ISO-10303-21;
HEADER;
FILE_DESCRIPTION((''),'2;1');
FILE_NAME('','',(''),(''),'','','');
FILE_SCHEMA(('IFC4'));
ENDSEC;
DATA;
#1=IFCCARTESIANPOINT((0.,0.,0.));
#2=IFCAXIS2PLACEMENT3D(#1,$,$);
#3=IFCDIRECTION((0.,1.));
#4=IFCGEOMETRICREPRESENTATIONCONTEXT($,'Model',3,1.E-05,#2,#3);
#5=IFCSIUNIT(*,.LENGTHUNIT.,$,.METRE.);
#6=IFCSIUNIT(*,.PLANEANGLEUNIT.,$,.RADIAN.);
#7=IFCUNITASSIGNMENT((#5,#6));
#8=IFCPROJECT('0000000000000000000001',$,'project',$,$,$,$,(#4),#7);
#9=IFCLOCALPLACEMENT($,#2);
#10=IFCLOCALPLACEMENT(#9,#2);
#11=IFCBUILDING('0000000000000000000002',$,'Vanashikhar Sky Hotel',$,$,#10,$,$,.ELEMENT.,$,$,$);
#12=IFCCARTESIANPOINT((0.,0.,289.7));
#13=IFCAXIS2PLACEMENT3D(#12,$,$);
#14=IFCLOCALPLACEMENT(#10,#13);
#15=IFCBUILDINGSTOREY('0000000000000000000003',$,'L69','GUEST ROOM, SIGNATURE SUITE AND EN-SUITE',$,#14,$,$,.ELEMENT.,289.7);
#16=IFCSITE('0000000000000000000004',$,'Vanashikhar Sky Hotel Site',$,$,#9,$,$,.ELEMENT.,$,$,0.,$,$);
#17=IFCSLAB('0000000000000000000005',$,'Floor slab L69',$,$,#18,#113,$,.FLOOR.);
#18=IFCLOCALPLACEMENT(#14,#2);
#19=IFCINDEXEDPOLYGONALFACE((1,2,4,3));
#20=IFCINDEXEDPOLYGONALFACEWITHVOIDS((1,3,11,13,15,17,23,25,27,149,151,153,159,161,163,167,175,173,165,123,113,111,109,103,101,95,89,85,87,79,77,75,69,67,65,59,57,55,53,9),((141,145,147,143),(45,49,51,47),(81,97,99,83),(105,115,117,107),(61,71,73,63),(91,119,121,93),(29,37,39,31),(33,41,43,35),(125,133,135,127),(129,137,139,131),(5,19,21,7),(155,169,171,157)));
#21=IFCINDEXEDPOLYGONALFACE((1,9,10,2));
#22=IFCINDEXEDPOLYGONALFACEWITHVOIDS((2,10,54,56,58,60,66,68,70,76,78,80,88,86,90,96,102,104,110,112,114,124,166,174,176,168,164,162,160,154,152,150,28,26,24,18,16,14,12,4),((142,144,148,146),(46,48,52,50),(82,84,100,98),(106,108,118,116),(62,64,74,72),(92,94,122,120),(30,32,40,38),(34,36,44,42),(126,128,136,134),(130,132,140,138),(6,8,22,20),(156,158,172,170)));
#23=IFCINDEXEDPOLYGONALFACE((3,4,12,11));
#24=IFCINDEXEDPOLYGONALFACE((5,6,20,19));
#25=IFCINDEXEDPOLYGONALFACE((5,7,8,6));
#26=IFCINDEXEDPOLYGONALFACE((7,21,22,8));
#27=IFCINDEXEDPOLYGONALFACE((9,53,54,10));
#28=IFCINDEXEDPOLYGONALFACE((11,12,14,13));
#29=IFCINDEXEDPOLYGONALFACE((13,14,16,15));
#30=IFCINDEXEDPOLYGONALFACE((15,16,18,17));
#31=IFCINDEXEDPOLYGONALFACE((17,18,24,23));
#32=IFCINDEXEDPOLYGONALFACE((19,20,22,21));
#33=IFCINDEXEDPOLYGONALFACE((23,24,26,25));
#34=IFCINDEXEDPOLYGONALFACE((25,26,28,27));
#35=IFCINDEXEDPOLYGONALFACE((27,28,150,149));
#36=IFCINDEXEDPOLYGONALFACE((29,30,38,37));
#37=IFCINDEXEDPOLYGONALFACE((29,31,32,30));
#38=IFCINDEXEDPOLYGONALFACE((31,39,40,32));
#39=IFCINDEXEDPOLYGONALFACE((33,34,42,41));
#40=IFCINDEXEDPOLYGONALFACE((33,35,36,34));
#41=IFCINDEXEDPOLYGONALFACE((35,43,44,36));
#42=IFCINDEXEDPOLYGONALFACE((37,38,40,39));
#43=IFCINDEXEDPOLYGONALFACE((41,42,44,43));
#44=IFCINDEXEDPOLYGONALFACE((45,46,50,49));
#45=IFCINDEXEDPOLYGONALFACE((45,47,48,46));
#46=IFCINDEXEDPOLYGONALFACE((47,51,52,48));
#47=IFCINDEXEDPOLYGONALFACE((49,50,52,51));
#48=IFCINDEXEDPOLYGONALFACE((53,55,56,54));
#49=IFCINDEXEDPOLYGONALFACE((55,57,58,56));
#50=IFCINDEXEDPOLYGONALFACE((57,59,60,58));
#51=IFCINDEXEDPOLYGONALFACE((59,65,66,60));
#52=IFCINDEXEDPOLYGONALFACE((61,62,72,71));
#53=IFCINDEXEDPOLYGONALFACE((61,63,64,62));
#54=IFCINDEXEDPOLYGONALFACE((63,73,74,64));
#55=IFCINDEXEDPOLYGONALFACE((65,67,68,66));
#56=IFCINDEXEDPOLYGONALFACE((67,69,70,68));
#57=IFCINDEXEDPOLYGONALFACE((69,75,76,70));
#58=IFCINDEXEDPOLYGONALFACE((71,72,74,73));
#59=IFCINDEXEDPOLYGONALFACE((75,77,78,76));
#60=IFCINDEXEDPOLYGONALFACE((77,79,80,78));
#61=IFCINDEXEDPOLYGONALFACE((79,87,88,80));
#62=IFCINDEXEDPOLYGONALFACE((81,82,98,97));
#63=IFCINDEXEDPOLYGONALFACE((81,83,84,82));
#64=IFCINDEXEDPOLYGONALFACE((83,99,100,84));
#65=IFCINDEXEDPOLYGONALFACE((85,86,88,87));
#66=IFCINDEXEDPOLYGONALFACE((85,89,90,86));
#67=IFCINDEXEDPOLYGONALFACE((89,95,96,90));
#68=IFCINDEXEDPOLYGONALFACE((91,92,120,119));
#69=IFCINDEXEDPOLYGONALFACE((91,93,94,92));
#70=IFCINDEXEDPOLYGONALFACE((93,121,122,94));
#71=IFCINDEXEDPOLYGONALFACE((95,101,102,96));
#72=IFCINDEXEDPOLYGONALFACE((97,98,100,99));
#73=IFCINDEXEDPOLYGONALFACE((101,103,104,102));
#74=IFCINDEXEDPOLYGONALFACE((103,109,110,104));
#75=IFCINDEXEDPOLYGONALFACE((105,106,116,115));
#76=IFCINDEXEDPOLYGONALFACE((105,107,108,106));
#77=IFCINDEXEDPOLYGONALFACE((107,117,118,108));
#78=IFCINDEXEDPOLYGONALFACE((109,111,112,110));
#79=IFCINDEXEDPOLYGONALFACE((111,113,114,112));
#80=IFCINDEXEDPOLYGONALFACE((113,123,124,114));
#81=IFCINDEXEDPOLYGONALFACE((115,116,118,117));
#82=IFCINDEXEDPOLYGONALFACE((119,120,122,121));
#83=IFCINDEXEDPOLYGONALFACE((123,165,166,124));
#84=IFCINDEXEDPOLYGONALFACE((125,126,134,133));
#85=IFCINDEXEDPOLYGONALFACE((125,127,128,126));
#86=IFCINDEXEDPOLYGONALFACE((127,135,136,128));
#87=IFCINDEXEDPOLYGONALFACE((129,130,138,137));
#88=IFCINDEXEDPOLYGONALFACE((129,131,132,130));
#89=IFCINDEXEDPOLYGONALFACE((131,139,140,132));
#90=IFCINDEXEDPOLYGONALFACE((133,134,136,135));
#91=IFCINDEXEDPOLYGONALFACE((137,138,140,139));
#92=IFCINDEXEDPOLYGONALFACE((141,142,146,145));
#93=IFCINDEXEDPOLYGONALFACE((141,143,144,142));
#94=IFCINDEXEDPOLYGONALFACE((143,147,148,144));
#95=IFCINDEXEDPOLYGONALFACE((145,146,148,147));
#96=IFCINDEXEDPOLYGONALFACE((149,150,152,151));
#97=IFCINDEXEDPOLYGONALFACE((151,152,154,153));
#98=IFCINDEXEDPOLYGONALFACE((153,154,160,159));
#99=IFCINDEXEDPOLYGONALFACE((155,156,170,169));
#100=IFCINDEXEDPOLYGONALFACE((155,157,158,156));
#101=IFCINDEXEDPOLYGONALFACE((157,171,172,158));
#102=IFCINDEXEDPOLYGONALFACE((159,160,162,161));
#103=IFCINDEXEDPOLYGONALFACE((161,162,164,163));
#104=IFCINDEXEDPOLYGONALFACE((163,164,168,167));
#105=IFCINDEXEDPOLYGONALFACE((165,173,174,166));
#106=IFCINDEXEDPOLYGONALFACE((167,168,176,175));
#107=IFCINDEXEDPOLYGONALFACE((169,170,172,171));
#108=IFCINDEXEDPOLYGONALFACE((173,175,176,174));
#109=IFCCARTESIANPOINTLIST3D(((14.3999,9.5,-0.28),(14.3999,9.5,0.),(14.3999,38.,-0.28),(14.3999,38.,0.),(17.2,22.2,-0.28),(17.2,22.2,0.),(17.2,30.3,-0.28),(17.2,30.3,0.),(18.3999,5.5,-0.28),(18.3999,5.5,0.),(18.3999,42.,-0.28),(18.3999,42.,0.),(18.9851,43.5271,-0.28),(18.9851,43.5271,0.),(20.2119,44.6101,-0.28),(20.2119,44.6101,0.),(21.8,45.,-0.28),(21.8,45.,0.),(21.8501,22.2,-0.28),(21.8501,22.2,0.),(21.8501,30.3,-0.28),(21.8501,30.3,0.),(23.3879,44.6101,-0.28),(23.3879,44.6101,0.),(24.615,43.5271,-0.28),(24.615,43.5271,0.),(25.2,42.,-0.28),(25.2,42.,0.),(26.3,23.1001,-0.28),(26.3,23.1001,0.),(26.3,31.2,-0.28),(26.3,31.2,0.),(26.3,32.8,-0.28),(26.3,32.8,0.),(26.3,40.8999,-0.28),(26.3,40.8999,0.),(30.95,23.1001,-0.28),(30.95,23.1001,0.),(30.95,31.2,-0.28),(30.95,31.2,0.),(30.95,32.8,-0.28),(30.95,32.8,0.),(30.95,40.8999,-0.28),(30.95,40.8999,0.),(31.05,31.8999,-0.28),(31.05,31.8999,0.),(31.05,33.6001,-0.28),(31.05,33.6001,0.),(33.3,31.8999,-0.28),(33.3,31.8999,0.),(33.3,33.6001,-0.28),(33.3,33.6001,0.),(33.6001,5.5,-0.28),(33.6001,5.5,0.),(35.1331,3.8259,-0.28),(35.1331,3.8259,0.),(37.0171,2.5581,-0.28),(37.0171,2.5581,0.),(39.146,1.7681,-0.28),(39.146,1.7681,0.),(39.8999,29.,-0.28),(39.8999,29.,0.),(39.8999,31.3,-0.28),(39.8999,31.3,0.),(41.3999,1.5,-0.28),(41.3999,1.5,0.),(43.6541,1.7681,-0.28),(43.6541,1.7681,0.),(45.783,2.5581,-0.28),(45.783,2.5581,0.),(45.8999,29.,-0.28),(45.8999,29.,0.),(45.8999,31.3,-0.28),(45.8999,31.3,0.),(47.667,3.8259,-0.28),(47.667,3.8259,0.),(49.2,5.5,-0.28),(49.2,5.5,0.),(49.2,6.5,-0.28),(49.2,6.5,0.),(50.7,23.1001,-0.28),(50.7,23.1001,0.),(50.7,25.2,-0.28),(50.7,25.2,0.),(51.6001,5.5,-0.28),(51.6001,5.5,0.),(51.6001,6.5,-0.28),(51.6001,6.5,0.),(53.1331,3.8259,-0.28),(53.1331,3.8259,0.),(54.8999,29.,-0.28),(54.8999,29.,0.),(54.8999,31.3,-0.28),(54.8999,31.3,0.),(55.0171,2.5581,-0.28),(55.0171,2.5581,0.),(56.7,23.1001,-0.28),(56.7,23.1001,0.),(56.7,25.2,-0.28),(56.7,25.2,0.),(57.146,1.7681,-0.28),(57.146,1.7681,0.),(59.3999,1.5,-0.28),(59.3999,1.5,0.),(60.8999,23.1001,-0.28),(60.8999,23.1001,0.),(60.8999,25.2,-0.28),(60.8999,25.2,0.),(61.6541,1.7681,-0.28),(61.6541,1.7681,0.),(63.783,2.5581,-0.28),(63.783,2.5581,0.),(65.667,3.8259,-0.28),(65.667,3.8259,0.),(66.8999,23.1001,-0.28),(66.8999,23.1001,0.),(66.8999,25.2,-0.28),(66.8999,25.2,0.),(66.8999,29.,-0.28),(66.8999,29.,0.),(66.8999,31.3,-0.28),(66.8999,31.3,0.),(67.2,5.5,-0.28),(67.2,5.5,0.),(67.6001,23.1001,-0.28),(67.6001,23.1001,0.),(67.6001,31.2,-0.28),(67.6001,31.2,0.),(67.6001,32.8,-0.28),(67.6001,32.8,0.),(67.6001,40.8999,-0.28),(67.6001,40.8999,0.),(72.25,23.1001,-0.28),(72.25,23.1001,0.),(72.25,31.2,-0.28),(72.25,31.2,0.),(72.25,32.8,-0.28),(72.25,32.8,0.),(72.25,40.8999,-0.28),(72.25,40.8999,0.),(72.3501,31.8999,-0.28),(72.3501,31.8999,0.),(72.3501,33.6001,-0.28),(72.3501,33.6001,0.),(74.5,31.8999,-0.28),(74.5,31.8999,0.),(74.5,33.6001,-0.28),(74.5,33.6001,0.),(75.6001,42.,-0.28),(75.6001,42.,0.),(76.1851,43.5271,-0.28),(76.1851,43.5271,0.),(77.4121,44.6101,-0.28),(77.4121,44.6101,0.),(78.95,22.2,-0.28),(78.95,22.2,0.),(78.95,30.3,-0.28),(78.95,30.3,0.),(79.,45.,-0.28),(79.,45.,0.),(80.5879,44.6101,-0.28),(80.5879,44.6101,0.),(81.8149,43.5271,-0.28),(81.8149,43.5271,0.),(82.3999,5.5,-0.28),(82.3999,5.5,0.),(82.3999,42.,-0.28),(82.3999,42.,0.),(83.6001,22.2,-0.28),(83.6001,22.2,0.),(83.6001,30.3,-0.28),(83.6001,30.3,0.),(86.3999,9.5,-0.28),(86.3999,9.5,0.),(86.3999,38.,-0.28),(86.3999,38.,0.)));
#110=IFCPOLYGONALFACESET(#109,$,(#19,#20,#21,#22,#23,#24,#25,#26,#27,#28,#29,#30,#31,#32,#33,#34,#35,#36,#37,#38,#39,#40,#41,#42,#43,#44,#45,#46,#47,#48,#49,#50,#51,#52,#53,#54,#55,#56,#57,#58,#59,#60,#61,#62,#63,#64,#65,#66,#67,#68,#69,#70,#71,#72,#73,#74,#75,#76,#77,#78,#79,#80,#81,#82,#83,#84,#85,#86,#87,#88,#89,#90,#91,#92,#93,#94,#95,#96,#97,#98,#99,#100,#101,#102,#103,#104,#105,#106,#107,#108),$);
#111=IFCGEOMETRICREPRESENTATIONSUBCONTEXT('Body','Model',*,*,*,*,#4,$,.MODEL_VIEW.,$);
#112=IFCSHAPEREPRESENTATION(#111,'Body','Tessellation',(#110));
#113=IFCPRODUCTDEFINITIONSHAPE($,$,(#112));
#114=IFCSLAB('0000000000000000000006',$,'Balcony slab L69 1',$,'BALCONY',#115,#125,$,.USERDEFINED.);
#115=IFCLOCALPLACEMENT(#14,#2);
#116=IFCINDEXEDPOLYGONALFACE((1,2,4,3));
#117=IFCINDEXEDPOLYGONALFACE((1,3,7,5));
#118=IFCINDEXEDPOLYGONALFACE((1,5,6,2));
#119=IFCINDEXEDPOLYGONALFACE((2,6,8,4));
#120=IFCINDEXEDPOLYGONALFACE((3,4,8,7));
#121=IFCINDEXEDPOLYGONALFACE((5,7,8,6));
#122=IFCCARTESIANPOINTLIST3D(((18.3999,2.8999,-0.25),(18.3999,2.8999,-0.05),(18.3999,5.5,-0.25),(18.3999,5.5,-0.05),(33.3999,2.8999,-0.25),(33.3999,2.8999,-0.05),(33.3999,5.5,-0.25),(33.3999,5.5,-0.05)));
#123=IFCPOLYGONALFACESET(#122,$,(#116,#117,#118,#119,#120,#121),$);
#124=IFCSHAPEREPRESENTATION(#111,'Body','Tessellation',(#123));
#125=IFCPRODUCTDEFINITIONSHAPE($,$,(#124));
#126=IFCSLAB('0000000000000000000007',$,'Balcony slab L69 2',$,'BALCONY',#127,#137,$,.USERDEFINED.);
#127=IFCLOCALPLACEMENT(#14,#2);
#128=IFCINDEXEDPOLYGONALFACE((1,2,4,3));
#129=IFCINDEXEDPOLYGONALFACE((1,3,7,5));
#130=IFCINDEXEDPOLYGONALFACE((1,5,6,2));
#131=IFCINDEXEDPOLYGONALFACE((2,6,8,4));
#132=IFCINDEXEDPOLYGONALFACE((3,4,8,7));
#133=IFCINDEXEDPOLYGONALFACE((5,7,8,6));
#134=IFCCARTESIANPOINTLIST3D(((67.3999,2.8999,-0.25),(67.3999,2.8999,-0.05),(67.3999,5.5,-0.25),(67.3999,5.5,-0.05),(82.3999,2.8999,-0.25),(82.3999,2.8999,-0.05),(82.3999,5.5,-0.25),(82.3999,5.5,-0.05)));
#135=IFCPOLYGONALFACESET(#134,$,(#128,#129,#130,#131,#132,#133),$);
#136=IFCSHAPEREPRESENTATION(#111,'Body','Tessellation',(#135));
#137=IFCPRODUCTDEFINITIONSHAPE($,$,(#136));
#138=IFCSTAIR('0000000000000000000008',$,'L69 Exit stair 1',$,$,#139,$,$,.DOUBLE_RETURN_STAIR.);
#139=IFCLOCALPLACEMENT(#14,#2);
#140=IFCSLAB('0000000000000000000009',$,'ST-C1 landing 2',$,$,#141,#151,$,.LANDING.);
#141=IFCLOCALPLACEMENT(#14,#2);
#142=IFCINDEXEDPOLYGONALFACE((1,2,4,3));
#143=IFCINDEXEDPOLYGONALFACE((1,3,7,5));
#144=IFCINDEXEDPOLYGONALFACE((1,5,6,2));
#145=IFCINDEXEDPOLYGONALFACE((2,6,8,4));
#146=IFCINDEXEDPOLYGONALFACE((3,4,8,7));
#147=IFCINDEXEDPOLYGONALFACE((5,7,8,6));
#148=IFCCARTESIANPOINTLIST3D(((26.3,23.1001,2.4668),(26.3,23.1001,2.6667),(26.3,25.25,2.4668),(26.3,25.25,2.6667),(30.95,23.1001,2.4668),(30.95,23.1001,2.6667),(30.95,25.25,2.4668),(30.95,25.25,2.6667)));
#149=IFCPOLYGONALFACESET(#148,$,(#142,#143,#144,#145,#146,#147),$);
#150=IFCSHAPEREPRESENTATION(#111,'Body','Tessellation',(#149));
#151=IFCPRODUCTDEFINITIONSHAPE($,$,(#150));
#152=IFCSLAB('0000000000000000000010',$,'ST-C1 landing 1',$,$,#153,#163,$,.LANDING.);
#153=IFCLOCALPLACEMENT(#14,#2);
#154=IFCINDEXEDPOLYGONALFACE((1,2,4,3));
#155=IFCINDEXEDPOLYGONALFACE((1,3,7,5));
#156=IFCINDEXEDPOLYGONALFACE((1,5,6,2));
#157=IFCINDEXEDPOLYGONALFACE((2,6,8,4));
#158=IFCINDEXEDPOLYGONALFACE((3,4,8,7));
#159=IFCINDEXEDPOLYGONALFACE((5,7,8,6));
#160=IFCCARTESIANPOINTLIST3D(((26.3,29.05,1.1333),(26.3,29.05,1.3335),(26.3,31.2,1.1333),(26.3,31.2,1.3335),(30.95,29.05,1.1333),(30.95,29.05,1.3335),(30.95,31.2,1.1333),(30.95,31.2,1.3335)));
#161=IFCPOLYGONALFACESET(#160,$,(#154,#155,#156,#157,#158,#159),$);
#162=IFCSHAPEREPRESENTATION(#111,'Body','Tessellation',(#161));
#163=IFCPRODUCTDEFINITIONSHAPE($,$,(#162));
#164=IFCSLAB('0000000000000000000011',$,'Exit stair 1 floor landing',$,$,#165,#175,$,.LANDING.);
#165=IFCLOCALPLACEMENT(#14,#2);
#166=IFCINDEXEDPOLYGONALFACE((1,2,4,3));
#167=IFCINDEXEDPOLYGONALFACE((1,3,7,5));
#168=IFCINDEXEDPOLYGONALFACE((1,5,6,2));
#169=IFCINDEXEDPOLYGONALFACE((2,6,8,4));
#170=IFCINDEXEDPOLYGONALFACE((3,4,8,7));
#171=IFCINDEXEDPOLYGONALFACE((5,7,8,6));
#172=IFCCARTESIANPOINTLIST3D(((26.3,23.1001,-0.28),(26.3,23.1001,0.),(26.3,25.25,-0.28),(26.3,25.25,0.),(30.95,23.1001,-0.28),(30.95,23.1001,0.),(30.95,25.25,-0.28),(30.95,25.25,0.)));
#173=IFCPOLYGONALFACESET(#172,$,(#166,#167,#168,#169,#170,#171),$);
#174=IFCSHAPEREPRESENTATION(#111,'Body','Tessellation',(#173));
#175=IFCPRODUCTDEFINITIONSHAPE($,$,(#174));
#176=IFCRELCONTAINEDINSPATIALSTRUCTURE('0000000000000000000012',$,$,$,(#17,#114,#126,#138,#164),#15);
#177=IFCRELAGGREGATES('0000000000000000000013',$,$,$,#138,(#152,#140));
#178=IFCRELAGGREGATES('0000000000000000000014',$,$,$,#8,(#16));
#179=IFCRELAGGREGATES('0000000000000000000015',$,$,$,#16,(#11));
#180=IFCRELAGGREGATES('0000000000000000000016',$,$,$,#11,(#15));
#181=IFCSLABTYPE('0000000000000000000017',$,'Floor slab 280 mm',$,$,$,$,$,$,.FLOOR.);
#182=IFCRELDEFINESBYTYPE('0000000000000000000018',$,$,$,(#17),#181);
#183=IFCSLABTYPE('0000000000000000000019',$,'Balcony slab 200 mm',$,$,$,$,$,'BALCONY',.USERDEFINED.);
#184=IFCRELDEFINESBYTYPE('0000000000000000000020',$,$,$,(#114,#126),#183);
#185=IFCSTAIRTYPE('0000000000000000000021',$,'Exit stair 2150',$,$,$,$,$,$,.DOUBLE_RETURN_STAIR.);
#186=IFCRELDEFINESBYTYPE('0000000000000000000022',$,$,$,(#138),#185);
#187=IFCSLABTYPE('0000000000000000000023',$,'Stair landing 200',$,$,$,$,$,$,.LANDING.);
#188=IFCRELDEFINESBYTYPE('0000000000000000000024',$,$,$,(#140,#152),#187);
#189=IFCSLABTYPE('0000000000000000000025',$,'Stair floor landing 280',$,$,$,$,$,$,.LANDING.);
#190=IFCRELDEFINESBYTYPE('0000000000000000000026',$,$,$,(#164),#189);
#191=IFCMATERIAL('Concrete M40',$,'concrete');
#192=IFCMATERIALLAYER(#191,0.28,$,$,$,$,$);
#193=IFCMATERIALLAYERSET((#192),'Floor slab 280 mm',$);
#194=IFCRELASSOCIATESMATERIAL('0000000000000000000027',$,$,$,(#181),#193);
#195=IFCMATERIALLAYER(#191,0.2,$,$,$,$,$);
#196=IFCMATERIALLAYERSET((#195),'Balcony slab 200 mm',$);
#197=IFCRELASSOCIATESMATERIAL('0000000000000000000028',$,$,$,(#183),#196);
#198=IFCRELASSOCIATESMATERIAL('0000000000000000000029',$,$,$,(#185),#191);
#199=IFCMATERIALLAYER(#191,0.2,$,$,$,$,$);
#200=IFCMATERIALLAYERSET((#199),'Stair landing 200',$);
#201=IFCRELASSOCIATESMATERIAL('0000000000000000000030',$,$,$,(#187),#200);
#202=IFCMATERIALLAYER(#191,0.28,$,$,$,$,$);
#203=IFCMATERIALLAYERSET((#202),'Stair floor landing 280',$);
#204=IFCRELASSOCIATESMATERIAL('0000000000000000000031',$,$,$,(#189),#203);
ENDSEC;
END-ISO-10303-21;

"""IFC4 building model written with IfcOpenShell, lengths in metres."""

from ifc_helpers import new_model, si_unit, direction, frame, origin, place, context, subcontext, project, spatial, polyline, outline, extrude, source, transform, mapped, material, layer, layer_set, type_object, element, aggregate, save


model = new_model("IFC4")

# Units and contexts
model_context = context("Model", 3, precision=1e-05, world=origin(), true_north=direction((0.0, 1.0)))
body_context = subcontext(model_context, "Body", "Model", "MODEL_VIEW")
ifc_project = project(units=[si_unit("LENGTHUNIT", "METRE"), si_unit("PLANEANGLEUNIT", "RADIAN")], contexts=[model_context])

# Site, building, storey
site_placement = place(None, origin())
site = spatial("IfcSite", under=ifc_project, at=site_placement, Name="Vanashikhar Sky Hotel Site", CompositionType="ELEMENT", RefElevation=0.0)
building_placement = place(site_placement, origin())
building = spatial("IfcBuilding", under=site, at=building_placement, Name="Vanashikhar Sky Hotel", CompositionType="ELEMENT")
storey_placement = place(building_placement, frame((0.0, 0.0, 289.7)))
storey = spatial("IfcBuildingStorey", under=building, at=storey_placement, Name="L69", Description="GUEST ROOM, SIGNATURE SUITE AND EN-SUITE", CompositionType="ELEMENT", Elevation=289.7)

# Slabs
ifc_material = material(Name="Concrete M40", Category="concrete")
ifc_layer_1 = layer(ifc_material, 0.28)
ifc_layer_set_1 = layer_set([ifc_layer_1], Name="Floor slab 280 mm")
slab_type_1 = type_object("IfcSlabType", Name="Floor slab 280 mm", PredefinedType="FLOOR", material=ifc_layer_set_1)
shared_shape_1 = source(origin(), body_context, "Body", "SweptSolid", [
    extrude(outline(polyline([(49.2, 5.5), (49.2, 6.5), (51.6001, 6.5), (51.6001, 5.5), (53.1331, 3.8259), (55.0171, 2.5581), (57.146, 1.7681), (59.3999, 1.5), (61.6541, 1.7681), (63.783, 2.5581), (65.667, 3.8259), (67.2, 5.5), (82.3999, 5.5), (86.3999, 9.5), (86.3999, 38.0), (82.3999, 42.0), (81.8149, 43.5271), (80.5879, 44.6101), (79.0, 45.0), (77.4121, 44.6101), (76.1851, 43.5271), (75.6001, 42.0), (25.2, 42.0), (24.615, 43.5271), (23.3879, 44.6101), (21.8, 45.0), (20.2119, 44.6101), (18.9851, 43.5271), (18.3999, 42.0), (14.3999, 38.0), (14.3999, 9.5), (18.3999, 5.5), (33.6001, 5.5), (35.1331, 3.8259), (37.0171, 2.5581), (39.146, 1.7681), (41.3999, 1.5), (43.6541, 1.7681), (45.783, 2.5581), (47.667, 3.8259), (49.2, 5.5)]), holes=[polyline([(33.3, 33.6001), (31.05, 33.6001), (31.05, 31.8999), (33.3, 31.8999), (33.3, 33.6001)]), polyline([(39.8999, 31.3), (39.8999, 29.0), (45.8999, 29.0), (45.8999, 31.3), (39.8999, 31.3)]), polyline([(50.7, 25.2), (50.7, 23.1001), (56.7, 23.1001), (56.7, 25.2), (50.7, 25.2)]), polyline([(66.8999, 29.0), (66.8999, 31.3), (54.8999, 31.3), (54.8999, 29.0), (66.8999, 29.0)]), polyline([(60.8999, 25.2), (60.8999, 23.1001), (66.8999, 23.1001), (66.8999, 25.2), (60.8999, 25.2)]), polyline([(74.5, 33.6001), (72.3501, 33.6001), (72.3501, 31.8999), (74.5, 31.8999), (74.5, 33.6001)]), polyline([(30.95, 23.1001), (30.95, 31.2), (26.3, 31.2), (26.3, 23.1001), (30.95, 23.1001)]), polyline([(72.25, 23.1001), (72.25, 31.2), (67.6001, 31.2), (67.6001, 23.1001), (72.25, 23.1001)]), polyline([(30.95, 32.8), (30.95, 40.8999), (26.3, 40.8999), (26.3, 32.8), (30.95, 32.8)]), polyline([(72.25, 32.8), (72.25, 40.8999), (67.6001, 40.8999), (67.6001, 32.8), (72.25, 32.8)]), polyline([(83.6001, 22.2), (83.6001, 30.3), (78.95, 30.3), (78.95, 22.2), (83.6001, 22.2)]), polyline([(21.8501, 22.2), (21.8501, 30.3), (17.2, 30.3), (17.2, 22.2), (21.8501, 22.2)])]), origin(), (0.0, 0.0, 1.0), 0.28),
])
slab_1_placement = place(storey_placement, frame((0.0, 0.0, -0.28)))
element("IfcSlab", 1, at=slab_1_placement, inside=storey, type_object=slab_type_1, Name="Floor slab L69", PredefinedType="FLOOR", context=body_context, shape_type="MappedRepresentation", body=[
    mapped(shared_shape_1, transform((0.0, 0.0, 0.0), scale=1.0)),
])
ifc_layer_2 = layer(ifc_material, 0.2)
ifc_layer_set_2 = layer_set([ifc_layer_2], Name="Balcony slab 200 mm")
slab_type_2 = type_object("IfcSlabType", Name="Balcony slab 200 mm", ElementType="BALCONY", PredefinedType="USERDEFINED", material=ifc_layer_set_2)
shared_shape_2 = source(origin(), body_context, "Body", "SweptSolid", [
    extrude(outline(polyline([(18.3999, 2.8999), (33.3999, 2.8999), (33.3999, 5.5), (18.3999, 5.5), (18.3999, 2.8999)])), origin(), (0.0, 0.0, 1.0), 0.2),
])
slab_2_placement = place(storey_placement, frame((0.0, 0.0, -0.25)))
element("IfcSlab", 2, at=slab_2_placement, inside=storey, type_object=slab_type_2, Name="Balcony slab L69 1", ObjectType="BALCONY", PredefinedType="USERDEFINED", context=body_context, shape_type="MappedRepresentation", body=[
    mapped(shared_shape_2, transform((0.0, 0.0, 0.0), scale=1.0)),
])
shared_shape_3 = source(origin(), body_context, "Body", "SweptSolid", [
    extrude(outline(polyline([(67.3999, 2.8999), (82.3999, 2.8999), (82.3999, 5.5), (67.3999, 5.5), (67.3999, 2.8999)])), origin(), (0.0, 0.0, 1.0), 0.2),
])
slab_3_placement = place(storey_placement, frame((0.0, 0.0, -0.25)))
element("IfcSlab", 3, at=slab_3_placement, inside=storey, type_object=slab_type_2, Name="Balcony slab L69 2", ObjectType="BALCONY", PredefinedType="USERDEFINED", context=body_context, shape_type="MappedRepresentation", body=[
    mapped(shared_shape_3, transform((0.0, 0.0, 0.0), scale=1.0)),
])

# Stair, slabs
stair_type = type_object("IfcStairType", Name="Exit stair 2150", PredefinedType="DOUBLE_RETURN_STAIR", material=ifc_material)
stair_1_placement = place(storey_placement, origin())
stair_1 = element("IfcStair", 4, at=stair_1_placement, inside=storey, type_object=stair_type, Name="L69 Exit stair 1", PredefinedType="DOUBLE_RETURN_STAIR")
ifc_layer_3 = layer(ifc_material, 0.2)
ifc_layer_set_3 = layer_set([ifc_layer_3], Name="Stair landing 200")
slab_type_3 = type_object("IfcSlabType", Name="Stair landing 200", PredefinedType="LANDING", material=ifc_layer_set_3)
shared_shape_4 = source(origin(), body_context, "Body", "SweptSolid", [
    extrude(outline(polyline([(30.95, 23.1001), (30.95, 25.25), (26.3, 25.25), (26.3, 23.1001), (30.95, 23.1001)])), origin(), (0.0, 0.0, 1.0), 0.2),
])
slab_4_placement = place(storey_placement, frame((0.0, 0.0, 2.4668)))
slab_4 = element("IfcSlab", 5, at=slab_4_placement, type_object=slab_type_3, Name="ST-C1 landing 2", PredefinedType="LANDING", context=body_context, shape_type="MappedRepresentation", body=[
    mapped(shared_shape_4, transform((0.0, 0.0, 0.0), scale=1.0)),
])
shared_shape_5 = source(origin(), body_context, "Body", "SweptSolid", [
    extrude(outline(polyline([(30.95, 29.05), (30.95, 31.2), (26.3, 31.2), (26.3, 29.05), (30.95, 29.05)])), origin(), (0.0, 0.0, 1.0), 0.2002),
])
slab_5_placement = place(storey_placement, frame((0.0, 0.0, 1.1333)))
slab_5 = element("IfcSlab", 6, at=slab_5_placement, type_object=slab_type_3, Name="ST-C1 landing 1", PredefinedType="LANDING", context=body_context, shape_type="MappedRepresentation", body=[
    mapped(shared_shape_5, transform((0.0, 0.0, 0.0), scale=1.0)),
])
aggregate(stair_1, [slab_5, slab_4])

# Slab
ifc_layer_4 = layer(ifc_material, 0.28)
ifc_layer_set_4 = layer_set([ifc_layer_4], Name="Stair floor landing 280")
slab_type_4 = type_object("IfcSlabType", Name="Stair floor landing 280", PredefinedType="LANDING", material=ifc_layer_set_4)
shared_shape_6 = source(origin(), body_context, "Body", "SweptSolid", [
    extrude(outline(polyline([(30.95, 23.1001), (30.95, 25.25), (26.3, 25.25), (26.3, 23.1001), (30.95, 23.1001)])), origin(), (0.0, 0.0, 1.0), 0.28),
])
slab_6_placement = place(storey_placement, frame((0.0, 0.0, -0.28)))
element("IfcSlab", 7, at=slab_6_placement, inside=storey, type_object=slab_type_4, Name="Exit stair 1 floor landing", PredefinedType="LANDING", context=body_context, shape_type="MappedRepresentation", body=[
    mapped(shared_shape_6, transform((0.0, 0.0, 0.0), scale=1.0)),
])

save(model, "model.ifc")
